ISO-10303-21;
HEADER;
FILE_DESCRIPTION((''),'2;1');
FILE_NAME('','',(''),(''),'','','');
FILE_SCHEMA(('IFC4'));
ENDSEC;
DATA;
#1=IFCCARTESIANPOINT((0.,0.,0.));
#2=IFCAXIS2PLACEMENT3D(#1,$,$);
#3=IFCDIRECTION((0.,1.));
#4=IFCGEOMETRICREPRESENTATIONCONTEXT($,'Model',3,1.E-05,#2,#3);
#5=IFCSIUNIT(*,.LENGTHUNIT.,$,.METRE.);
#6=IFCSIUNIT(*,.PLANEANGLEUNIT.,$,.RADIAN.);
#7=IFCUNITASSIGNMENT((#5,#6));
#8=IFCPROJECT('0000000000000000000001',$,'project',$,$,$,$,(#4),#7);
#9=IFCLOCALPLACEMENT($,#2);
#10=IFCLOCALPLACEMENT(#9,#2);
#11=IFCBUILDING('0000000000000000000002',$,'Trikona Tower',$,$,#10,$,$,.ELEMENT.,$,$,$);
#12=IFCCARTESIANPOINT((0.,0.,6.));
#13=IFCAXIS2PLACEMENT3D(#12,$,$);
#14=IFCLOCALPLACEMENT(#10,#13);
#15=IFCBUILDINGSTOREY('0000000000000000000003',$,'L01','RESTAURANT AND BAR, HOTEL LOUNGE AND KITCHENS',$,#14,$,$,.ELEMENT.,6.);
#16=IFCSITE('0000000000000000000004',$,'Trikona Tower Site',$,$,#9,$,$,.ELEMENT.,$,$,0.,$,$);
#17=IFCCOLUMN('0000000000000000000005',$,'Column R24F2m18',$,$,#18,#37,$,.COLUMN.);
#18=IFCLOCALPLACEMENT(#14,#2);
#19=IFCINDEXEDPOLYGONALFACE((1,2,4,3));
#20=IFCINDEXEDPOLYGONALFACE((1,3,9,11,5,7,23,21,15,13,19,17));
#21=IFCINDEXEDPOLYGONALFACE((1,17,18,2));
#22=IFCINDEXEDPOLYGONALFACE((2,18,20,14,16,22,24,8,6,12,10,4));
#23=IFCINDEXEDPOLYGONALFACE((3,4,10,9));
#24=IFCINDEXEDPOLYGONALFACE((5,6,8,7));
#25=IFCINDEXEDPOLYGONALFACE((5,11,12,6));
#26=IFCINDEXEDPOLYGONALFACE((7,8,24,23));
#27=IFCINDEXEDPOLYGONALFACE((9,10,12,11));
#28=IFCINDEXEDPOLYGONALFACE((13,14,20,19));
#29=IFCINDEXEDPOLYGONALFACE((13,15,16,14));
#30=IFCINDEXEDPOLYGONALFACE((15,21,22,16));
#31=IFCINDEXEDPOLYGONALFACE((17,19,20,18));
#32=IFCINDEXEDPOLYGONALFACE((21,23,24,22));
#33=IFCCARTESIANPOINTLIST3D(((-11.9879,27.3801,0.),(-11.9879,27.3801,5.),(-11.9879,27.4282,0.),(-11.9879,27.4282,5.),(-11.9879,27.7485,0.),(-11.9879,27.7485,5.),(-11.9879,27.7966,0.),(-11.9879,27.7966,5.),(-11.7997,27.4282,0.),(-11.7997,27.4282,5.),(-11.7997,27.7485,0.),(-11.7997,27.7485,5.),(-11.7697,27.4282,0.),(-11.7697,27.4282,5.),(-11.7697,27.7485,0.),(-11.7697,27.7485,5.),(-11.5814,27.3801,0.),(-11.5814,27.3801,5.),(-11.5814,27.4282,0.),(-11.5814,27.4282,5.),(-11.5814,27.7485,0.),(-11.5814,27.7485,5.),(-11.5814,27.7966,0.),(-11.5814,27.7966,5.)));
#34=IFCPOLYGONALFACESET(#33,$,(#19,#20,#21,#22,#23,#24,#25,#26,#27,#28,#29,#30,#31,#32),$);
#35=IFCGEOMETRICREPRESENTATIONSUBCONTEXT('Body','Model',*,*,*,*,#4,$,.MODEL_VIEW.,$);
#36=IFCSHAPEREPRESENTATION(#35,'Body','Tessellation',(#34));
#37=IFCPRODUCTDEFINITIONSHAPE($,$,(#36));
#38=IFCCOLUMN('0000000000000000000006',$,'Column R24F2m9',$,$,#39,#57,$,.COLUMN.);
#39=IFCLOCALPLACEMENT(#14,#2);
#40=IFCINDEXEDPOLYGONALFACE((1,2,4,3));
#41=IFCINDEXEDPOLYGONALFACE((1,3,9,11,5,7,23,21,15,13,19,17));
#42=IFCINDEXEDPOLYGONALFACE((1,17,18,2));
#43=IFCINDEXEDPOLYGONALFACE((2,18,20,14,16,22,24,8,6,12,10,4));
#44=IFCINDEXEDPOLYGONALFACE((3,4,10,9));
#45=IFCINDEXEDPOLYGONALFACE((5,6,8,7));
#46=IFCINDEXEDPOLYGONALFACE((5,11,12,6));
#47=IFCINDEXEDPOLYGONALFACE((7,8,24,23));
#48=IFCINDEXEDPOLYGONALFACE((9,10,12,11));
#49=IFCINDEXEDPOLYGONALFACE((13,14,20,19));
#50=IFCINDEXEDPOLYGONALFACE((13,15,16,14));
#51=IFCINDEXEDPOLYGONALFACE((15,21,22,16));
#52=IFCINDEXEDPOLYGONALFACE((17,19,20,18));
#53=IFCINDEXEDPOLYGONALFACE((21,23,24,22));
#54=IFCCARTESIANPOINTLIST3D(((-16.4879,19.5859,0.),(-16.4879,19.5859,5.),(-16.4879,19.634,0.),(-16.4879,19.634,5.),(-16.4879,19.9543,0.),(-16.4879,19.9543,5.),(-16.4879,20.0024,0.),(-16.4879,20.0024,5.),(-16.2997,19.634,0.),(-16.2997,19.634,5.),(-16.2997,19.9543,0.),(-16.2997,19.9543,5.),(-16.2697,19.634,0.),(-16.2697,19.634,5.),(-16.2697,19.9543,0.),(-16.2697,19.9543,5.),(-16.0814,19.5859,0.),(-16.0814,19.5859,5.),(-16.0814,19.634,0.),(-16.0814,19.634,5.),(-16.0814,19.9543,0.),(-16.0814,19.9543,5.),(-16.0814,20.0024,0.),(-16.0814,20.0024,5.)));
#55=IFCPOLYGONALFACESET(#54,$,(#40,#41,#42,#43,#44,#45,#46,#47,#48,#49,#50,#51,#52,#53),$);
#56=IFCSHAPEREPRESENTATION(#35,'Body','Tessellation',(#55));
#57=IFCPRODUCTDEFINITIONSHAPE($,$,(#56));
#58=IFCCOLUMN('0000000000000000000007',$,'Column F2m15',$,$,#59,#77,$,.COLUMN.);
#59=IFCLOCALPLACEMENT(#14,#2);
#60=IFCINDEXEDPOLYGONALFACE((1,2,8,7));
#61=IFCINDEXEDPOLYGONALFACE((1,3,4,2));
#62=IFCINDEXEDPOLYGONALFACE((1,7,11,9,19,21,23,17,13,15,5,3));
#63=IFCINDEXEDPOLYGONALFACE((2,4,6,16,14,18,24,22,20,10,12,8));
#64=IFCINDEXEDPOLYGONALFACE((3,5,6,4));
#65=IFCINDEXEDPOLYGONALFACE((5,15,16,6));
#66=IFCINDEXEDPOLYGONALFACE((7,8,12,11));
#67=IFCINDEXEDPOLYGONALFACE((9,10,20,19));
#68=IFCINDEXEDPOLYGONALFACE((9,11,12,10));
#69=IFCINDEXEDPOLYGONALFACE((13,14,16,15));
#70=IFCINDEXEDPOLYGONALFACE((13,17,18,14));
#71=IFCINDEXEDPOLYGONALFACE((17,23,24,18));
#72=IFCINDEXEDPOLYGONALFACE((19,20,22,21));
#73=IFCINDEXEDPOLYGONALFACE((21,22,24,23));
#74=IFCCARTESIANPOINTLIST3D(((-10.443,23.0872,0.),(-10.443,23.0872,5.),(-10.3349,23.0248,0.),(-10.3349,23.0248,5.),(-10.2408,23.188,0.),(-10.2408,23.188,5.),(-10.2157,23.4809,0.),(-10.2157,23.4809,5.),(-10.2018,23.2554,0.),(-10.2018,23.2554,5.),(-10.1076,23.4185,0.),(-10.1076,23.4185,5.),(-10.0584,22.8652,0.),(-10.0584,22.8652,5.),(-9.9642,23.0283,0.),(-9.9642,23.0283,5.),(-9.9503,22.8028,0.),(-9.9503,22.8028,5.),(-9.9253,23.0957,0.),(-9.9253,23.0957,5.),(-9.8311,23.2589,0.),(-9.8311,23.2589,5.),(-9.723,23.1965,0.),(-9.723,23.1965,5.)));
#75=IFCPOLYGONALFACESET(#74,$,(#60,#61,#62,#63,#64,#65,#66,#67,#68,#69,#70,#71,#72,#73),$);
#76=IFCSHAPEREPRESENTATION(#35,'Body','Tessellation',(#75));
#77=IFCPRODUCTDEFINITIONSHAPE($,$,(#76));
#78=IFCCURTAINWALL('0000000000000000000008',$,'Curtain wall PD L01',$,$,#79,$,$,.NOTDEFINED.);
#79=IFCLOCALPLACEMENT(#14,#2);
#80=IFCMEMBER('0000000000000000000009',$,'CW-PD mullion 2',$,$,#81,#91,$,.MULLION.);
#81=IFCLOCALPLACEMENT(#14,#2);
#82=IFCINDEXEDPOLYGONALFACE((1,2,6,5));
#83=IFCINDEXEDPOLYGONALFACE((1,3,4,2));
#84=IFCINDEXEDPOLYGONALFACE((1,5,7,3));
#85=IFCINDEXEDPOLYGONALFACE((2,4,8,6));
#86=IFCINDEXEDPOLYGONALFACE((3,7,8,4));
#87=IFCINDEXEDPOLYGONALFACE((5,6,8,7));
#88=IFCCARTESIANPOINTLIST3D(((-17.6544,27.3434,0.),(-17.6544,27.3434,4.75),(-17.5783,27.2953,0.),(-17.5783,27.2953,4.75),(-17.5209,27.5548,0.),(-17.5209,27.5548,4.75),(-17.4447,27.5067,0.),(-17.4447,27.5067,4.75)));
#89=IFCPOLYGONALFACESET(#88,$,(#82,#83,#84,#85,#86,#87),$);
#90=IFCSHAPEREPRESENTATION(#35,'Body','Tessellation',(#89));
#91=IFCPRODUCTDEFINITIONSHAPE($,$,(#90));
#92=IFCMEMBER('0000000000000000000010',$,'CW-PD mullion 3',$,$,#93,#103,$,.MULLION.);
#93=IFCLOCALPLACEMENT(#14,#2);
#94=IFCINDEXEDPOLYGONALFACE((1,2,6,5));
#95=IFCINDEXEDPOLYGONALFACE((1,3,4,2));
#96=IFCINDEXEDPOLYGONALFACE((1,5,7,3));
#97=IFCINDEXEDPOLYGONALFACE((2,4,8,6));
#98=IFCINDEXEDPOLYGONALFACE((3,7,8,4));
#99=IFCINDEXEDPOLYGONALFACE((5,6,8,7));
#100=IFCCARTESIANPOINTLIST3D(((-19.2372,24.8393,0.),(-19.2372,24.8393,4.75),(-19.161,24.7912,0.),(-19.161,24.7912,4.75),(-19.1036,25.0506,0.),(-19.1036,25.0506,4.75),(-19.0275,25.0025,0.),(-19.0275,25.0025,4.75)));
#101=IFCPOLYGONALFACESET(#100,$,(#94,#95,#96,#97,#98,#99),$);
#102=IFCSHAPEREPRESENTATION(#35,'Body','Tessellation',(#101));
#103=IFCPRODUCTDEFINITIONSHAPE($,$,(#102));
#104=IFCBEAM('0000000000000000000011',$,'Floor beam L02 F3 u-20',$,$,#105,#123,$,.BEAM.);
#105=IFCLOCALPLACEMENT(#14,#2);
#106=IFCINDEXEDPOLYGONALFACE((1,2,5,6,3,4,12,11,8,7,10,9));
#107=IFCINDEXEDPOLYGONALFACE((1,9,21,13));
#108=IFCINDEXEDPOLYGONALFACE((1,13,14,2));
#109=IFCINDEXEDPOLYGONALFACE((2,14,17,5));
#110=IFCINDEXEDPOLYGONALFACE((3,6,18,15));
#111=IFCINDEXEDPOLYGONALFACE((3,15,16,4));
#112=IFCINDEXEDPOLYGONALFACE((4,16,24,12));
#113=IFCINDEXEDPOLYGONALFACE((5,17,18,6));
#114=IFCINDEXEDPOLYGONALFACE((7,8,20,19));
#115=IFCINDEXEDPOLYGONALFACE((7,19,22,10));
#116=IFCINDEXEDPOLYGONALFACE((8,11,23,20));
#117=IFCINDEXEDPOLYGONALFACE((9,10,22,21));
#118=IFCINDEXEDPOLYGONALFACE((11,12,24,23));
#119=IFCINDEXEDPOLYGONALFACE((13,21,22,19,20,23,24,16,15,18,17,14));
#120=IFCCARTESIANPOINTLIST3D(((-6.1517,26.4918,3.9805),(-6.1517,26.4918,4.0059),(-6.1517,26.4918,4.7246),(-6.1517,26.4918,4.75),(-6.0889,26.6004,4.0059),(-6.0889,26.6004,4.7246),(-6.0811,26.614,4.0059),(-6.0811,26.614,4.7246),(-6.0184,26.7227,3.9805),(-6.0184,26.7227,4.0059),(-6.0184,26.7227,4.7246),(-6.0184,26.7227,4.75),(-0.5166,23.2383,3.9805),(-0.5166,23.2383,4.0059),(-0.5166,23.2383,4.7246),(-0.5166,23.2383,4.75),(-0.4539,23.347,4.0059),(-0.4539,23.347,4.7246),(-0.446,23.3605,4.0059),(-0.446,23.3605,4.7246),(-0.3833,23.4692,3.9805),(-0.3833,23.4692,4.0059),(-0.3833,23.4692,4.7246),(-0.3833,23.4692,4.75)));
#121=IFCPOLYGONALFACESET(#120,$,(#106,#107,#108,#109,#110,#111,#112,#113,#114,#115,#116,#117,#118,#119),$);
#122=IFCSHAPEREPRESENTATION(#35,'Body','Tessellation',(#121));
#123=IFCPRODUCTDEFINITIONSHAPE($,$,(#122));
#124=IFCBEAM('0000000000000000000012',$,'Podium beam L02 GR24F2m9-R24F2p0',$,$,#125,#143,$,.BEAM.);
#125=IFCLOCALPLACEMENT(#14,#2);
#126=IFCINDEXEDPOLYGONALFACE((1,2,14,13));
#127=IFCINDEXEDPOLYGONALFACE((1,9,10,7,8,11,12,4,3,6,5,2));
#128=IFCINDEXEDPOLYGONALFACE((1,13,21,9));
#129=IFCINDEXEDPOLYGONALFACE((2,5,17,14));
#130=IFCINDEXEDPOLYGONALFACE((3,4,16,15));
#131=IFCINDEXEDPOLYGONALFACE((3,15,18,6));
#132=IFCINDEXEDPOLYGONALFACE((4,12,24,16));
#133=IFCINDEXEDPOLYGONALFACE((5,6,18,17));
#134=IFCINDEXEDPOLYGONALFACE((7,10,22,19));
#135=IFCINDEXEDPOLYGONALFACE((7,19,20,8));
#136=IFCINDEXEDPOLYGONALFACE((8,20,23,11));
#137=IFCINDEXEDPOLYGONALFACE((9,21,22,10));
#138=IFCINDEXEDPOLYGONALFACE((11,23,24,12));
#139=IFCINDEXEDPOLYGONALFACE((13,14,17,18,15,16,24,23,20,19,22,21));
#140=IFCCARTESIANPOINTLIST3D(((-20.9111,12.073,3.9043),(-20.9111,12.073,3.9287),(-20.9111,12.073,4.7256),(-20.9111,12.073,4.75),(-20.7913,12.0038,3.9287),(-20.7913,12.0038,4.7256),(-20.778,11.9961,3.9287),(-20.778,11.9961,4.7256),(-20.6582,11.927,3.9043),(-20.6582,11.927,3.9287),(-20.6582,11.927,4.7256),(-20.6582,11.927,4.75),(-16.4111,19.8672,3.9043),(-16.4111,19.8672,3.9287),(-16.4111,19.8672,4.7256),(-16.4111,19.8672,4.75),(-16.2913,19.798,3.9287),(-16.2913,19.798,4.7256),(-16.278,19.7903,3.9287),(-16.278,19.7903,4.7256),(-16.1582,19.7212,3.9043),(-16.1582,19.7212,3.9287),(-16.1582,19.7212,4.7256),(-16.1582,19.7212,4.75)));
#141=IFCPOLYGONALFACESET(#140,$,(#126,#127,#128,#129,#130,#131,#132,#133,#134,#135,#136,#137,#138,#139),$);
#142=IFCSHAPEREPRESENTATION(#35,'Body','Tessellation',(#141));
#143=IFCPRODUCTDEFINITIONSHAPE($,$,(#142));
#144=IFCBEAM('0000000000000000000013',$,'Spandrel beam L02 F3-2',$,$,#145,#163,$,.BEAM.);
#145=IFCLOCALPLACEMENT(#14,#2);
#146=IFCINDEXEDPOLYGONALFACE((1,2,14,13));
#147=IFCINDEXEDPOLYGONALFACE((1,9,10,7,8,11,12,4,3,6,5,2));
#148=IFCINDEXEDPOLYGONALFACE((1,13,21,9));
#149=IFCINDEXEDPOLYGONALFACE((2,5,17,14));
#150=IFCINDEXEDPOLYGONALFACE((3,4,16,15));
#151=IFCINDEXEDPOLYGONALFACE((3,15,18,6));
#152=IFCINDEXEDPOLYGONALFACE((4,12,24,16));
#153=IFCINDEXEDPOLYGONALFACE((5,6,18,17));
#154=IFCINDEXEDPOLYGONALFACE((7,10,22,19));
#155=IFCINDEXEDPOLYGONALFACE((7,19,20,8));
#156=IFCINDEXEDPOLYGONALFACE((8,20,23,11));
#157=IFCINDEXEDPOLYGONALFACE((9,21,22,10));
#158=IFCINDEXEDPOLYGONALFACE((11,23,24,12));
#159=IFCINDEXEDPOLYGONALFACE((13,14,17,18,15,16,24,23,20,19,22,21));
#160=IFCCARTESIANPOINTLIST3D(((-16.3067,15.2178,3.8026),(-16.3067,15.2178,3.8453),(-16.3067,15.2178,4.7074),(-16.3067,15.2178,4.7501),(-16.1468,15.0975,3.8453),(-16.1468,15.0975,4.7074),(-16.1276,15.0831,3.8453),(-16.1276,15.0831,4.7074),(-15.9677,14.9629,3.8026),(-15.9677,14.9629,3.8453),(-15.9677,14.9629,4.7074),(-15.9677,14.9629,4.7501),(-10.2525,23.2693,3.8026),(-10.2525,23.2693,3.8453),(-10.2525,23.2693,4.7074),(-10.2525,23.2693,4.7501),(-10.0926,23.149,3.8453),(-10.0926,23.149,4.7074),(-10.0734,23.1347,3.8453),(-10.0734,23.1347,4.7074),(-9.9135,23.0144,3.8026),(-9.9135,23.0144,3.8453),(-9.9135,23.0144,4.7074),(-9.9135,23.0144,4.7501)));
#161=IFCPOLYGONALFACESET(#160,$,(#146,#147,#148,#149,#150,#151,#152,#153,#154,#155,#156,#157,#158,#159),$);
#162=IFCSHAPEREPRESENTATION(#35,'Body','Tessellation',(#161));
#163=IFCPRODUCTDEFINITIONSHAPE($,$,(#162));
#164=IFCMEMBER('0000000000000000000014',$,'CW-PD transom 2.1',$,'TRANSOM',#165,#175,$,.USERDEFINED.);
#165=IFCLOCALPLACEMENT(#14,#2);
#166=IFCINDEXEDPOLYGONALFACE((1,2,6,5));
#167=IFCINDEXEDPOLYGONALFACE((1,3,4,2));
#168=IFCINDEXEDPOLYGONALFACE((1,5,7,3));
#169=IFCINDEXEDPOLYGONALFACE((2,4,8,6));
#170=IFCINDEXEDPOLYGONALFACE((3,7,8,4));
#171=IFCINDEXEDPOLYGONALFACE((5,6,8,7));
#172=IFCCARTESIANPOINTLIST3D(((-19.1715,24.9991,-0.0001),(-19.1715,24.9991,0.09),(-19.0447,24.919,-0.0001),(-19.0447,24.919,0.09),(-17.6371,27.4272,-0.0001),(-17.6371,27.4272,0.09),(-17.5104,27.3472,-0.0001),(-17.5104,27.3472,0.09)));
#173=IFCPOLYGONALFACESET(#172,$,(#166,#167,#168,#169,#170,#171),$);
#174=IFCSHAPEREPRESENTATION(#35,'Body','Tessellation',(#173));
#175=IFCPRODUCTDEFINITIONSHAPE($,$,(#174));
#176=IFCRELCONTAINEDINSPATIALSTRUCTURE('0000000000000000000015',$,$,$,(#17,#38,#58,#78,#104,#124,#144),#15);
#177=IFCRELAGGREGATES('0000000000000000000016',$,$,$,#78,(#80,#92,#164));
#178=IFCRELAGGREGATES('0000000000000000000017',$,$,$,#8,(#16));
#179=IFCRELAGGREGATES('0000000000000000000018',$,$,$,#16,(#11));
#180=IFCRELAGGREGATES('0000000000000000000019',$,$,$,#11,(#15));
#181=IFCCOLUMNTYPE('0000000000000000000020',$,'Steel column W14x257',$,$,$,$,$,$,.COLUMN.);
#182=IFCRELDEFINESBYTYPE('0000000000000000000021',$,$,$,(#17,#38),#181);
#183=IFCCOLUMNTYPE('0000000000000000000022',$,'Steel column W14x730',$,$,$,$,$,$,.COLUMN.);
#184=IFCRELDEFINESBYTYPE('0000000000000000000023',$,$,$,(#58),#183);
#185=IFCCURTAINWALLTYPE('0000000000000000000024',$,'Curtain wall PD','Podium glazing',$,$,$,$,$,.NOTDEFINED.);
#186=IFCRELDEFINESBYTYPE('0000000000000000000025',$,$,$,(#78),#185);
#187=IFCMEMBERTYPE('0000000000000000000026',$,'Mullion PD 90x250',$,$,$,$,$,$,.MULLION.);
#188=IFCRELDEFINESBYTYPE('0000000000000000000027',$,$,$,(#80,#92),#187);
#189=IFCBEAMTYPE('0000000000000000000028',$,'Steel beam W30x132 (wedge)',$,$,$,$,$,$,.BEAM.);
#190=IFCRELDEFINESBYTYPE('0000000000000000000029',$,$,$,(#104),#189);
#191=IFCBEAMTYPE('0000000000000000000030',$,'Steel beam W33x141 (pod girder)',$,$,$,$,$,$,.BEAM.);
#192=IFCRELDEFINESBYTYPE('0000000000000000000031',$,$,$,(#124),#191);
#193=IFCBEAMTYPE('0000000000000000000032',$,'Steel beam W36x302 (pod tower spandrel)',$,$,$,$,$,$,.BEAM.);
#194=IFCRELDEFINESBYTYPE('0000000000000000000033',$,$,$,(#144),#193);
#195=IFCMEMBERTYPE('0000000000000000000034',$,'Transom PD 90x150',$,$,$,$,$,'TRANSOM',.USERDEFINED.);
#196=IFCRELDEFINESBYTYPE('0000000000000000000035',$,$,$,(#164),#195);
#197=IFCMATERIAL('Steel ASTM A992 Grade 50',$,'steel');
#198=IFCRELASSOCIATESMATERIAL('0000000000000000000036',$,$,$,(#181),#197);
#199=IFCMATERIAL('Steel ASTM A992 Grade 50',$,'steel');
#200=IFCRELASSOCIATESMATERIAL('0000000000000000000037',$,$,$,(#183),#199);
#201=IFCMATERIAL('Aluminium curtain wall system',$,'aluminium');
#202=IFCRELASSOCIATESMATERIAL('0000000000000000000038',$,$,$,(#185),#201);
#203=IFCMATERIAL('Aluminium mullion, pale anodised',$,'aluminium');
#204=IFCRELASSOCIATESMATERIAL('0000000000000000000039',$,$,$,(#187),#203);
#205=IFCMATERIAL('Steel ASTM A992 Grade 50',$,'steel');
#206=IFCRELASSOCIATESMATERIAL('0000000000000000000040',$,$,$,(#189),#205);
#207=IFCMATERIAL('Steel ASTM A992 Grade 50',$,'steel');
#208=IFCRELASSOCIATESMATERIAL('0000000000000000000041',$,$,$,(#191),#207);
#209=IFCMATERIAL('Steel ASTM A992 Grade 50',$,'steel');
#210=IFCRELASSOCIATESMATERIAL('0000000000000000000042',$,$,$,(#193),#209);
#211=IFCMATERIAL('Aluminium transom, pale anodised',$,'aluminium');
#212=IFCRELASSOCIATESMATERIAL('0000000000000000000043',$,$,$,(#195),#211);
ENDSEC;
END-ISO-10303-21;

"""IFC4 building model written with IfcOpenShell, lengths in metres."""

from ifc_helpers import new_model, si_unit, direction, frame, origin, origin_2d, place, context, subcontext, project, spatial, rectangle, i_section, extrude, material, material_profile, profile_set, type_object, element, aggregate, save


model = new_model("IFC4")

# Units and contexts
model_context = context("Model", 3, precision=1e-05, world=origin(), true_north=direction((0.0, 1.0)))
body_context = subcontext(model_context, "Body", "Model", "MODEL_VIEW")
ifc_project = project(units=[si_unit("LENGTHUNIT", "METRE"), si_unit("PLANEANGLEUNIT", "RADIAN")], contexts=[model_context])

# Site, building, storey
site_placement = place(None, origin())
site = spatial("IfcSite", under=ifc_project, at=site_placement, Name="Trikona Tower Site", CompositionType="ELEMENT", RefElevation=0.0)
building_placement = place(site_placement, origin())
building = spatial("IfcBuilding", under=site, at=building_placement, Name="Trikona Tower", CompositionType="ELEMENT")
storey_placement = place(building_placement, frame((0.0, 0.0, 6.0)))
storey = spatial("IfcBuildingStorey", under=building, at=storey_placement, Name="L01", Description="RESTAURANT AND BAR, HOTEL LOUNGE AND KITCHENS", CompositionType="ELEMENT", Elevation=6.0)

# Columns
ifc_material_1 = material(Name="Steel ASTM A992 Grade 50", Category="steel")
ifc_material_profile_1 = material_profile(ifc_material_1, i_section(OverallWidth=0.4065, OverallDepth=0.4165, WebThickness=0.03, FlangeThickness=0.0481, at=origin_2d()), Name="W14X257")
ifc_profile_set_1 = profile_set([ifc_material_profile_1], Name="Steel ASTM A992 Grade 50")
column_type_1 = type_object("IfcColumnType", Name="Steel column W14x257", PredefinedType="COLUMN", material=ifc_profile_set_1)
for number, where, z_axis, x_axis, name in (
    (1, (-11.7847, 27.5884, 0.0), (0.0, 0.0, 1.0), (1.0, 0.0, 0.0), "Column R24F2m18"),
    (2, (-16.2847, 19.7942, 0.0), (0.0, 0.0, 1.0), (1.0, 0.0, 0.0), "Column R24F2m9"),
):
    element("IfcColumn", number, at=place(storey_placement, frame(where, z_axis=z_axis, x_axis=x_axis)), inside=storey, type_object=column_type_1, Name=name, PredefinedType="COLUMN", context=body_context, shape_type="SweptSolid", body=[
        extrude(i_section(OverallWidth=0.4065, OverallDepth=0.4165, WebThickness=0.03, FlangeThickness=0.0481, at=origin_2d()), origin(), (0.0, 0.0, 1.0), 5.0),
    ])
ifc_material_2 = material(Name="Steel ASTM A992 Grade 50", Category="steel")
ifc_material_profile_2 = material_profile(ifc_material_2, i_section(OverallWidth=0.4546, OverallDepth=0.5688, WebThickness=0.0779, FlangeThickness=0.1248, at=origin_2d()), Name="W14X730")
ifc_profile_set_2 = profile_set([ifc_material_profile_2], Name="Steel ASTM A992 Grade 50")
column_type_2 = type_object("IfcColumnType", Name="Steel column W14x730", PredefinedType="COLUMN", material=ifc_profile_set_2)
column_placement = place(storey_placement, frame((-10.083, 23.1418, 0.0), z_axis=(0.0, 0.0, 1.0), x_axis=(-0.5, -0.866025, 0.0)))
element("IfcColumn", 3, at=column_placement, inside=storey, type_object=column_type_2, Name="Column F2m15", PredefinedType="COLUMN", context=body_context, shape_type="SweptSolid", body=[
    extrude(i_section(OverallWidth=0.4546, OverallDepth=0.5688, WebThickness=0.0779, FlangeThickness=0.1248, at=origin_2d()), origin(), (0.0, 0.0, 1.0), 5.0),
])

# Curtain wall, members
ifc_material_3 = material(Name="Aluminium curtain wall system", Category="aluminium")
curtain_wall_type = type_object("IfcCurtainWallType", Name="Curtain wall PD", Description="Podium glazing", PredefinedType="NOTDEFINED", material=ifc_material_3)
curtain_wall_placement = place(storey_placement, origin())
curtain_wall = element("IfcCurtainWall", 4, at=curtain_wall_placement, inside=storey, type_object=curtain_wall_type, Name="Curtain wall PD L01", PredefinedType="NOTDEFINED")
ifc_material_4 = material(Name="Aluminium mullion, pale anodised", Category="aluminium")
ifc_material_profile_3 = material_profile(ifc_material_4, rectangle(XDim=0.0901, YDim=0.25, at=origin_2d()), Name="MUL-PD")
ifc_profile_set_3 = profile_set([ifc_material_profile_3], Name="Aluminium mullion, pale anodised")
member_type_1 = type_object("IfcMemberType", Name="Mullion PD 90x250", PredefinedType="MULLION", material=ifc_profile_set_3)
member_1_placement = place(storey_placement, frame((-17.5496, 27.425, 0.0), z_axis=(0.0, 0.0, 1.0), x_axis=(0.845348, -0.534216, 0.0)))
member_1 = element("IfcMember", 5, at=member_1_placement, type_object=member_type_1, Name="CW-PD mullion 2", PredefinedType="MULLION", context=body_context, shape_type="SweptSolid", body=[
    extrude(rectangle(XDim=0.0901, YDim=0.25, at=origin_2d()), origin(), (0.0, 0.0, 1.0), 4.75),
])
member_2_placement = place(storey_placement, frame((-19.1323, 24.9209, 0.0), z_axis=(0.0, 0.0, 1.0), x_axis=(0.845348, -0.534216, 0.0)))
member_2 = element("IfcMember", 6, at=member_2_placement, type_object=member_type_1, Name="CW-PD mullion 3", PredefinedType="MULLION", context=body_context, shape_type="SweptSolid", body=[
    extrude(rectangle(XDim=0.0901, YDim=0.25, at=origin_2d()), origin(), (0.0, 0.0, 1.0), 4.75),
])

# Beams
ifc_material_5 = material(Name="Steel ASTM A992 Grade 50", Category="steel")
ifc_material_profile_4 = material_profile(ifc_material_5, i_section(OverallWidth=0.2666, OverallDepth=0.7695, WebThickness=0.0156, FlangeThickness=0.0254, at=origin_2d()), Name="W30X132")
ifc_profile_set_4 = profile_set([ifc_material_profile_4], Name="Steel ASTM A992 Grade 50")
beam_type_1 = type_object("IfcBeamType", Name="Steel beam W30x132 (wedge)", PredefinedType="BEAM", material=ifc_profile_set_4)
beam_1_placement = place(storey_placement, frame((-0.45, 23.3538, 4.3652), z_axis=(-0.866023, 0.500005, 0.0), x_axis=(-0.500005, -0.866023, 0.0)))
element("IfcBeam", 7, at=beam_1_placement, inside=storey, type_object=beam_type_1, Name="Floor beam L02 F3 u-20", PredefinedType="BEAM", context=body_context, shape_type="SweptSolid", body=[
    extrude(i_section(OverallWidth=0.2666, OverallDepth=0.7695, WebThickness=0.0156, FlangeThickness=0.0254, at=origin_2d()), origin(), (0.0, 0.0, 1.0), 6.5068),
])
ifc_material_6 = material(Name="Steel ASTM A992 Grade 50", Category="steel")
ifc_material_profile_5 = material_profile(ifc_material_6, i_section(OverallWidth=0.292, OverallDepth=0.8457, WebThickness=0.0154, FlangeThickness=0.0244, at=origin_2d()), Name="W33X141")
ifc_profile_set_5 = profile_set([ifc_material_profile_5], Name="Steel ASTM A992 Grade 50")
beam_type_2 = type_object("IfcBeamType", Name="Steel beam W33x141 (pod girder)", PredefinedType="BEAM", material=ifc_profile_set_5)
beam_2_placement = place(storey_placement, frame((-16.2847, 19.7942, 4.3271), z_axis=(-0.500002, -0.866024, 0.0), x_axis=(0.866024, -0.500002, 0.0)))
element("IfcBeam", 8, at=beam_2_placement, inside=storey, type_object=beam_type_2, Name="Podium beam L02 GR24F2m9-R24F2p0", PredefinedType="BEAM", context=body_context, shape_type="SweptSolid", body=[
    extrude(i_section(OverallWidth=0.292, OverallDepth=0.8457, WebThickness=0.0154, FlangeThickness=0.0244, at=origin_2d()), origin(), (0.0, 0.0, 1.0), 9.0),
])
ifc_material_7 = material(Name="Steel ASTM A992 Grade 50", Category="steel")
ifc_material_profile_6 = material_profile(ifc_material_7, i_section(OverallWidth=0.4241, OverallDepth=0.9475, WebThickness=0.0239, FlangeThickness=0.0427, at=origin_2d()), Name="W36X302")
ifc_profile_set_6 = profile_set([ifc_material_profile_6], Name="Steel ASTM A992 Grade 50")
beam_type_3 = type_object("IfcBeamType", Name="Steel beam W36x302 (pod tower spandrel)", PredefinedType="BEAM", material=ifc_profile_set_6)
beam_3_placement = place(storey_placement, frame((-10.083, 23.1418, 4.2764), z_axis=(-0.600988, -0.799258, 0.0), x_axis=(0.799258, -0.600988, 0.0)))
element("IfcBeam", 9, at=beam_3_placement, inside=storey, type_object=beam_type_3, Name="Spandrel beam L02 F3-2", PredefinedType="BEAM", context=body_context, shape_type="SweptSolid", body=[
    extrude(i_section(OverallWidth=0.4241, OverallDepth=0.9475, WebThickness=0.0239, FlangeThickness=0.0427, at=origin_2d()), origin(), (0.0, 0.0, 1.0), 10.0737),
])

# Member
ifc_material_8 = material(Name="Aluminium transom, pale anodised", Category="aluminium")
ifc_material_profile_7 = material_profile(ifc_material_8, rectangle(XDim=0.1499, YDim=0.0901, at=origin_2d()), Name="TRN-PD")
ifc_profile_set_7 = profile_set([ifc_material_profile_7], Name="Aluminium transom, pale anodised")
member_type_2 = type_object("IfcMemberType", Name="Transom PD 90x150", ElementType="TRANSOM", PredefinedType="USERDEFINED", material=ifc_profile_set_7)
member_3_placement = place(storey_placement, frame((-17.5737, 27.3872, 0.0449), z_axis=(-0.534194, -0.845362, 0.0), x_axis=(0.845362, -0.534194, 0.0)))
member_3 = element("IfcMember", 10, at=member_3_placement, type_object=member_type_2, Name="CW-PD transom 2.1", ObjectType="TRANSOM", PredefinedType="USERDEFINED", context=body_context, shape_type="SweptSolid", body=[
    extrude(rectangle(XDim=0.1499, YDim=0.0901, at=origin_2d()), origin(), (0.0, 0.0, 1.0), 2.8723),
])

aggregate(curtain_wall, [member_1, member_2, member_3])

save(model, "model.ifc")
